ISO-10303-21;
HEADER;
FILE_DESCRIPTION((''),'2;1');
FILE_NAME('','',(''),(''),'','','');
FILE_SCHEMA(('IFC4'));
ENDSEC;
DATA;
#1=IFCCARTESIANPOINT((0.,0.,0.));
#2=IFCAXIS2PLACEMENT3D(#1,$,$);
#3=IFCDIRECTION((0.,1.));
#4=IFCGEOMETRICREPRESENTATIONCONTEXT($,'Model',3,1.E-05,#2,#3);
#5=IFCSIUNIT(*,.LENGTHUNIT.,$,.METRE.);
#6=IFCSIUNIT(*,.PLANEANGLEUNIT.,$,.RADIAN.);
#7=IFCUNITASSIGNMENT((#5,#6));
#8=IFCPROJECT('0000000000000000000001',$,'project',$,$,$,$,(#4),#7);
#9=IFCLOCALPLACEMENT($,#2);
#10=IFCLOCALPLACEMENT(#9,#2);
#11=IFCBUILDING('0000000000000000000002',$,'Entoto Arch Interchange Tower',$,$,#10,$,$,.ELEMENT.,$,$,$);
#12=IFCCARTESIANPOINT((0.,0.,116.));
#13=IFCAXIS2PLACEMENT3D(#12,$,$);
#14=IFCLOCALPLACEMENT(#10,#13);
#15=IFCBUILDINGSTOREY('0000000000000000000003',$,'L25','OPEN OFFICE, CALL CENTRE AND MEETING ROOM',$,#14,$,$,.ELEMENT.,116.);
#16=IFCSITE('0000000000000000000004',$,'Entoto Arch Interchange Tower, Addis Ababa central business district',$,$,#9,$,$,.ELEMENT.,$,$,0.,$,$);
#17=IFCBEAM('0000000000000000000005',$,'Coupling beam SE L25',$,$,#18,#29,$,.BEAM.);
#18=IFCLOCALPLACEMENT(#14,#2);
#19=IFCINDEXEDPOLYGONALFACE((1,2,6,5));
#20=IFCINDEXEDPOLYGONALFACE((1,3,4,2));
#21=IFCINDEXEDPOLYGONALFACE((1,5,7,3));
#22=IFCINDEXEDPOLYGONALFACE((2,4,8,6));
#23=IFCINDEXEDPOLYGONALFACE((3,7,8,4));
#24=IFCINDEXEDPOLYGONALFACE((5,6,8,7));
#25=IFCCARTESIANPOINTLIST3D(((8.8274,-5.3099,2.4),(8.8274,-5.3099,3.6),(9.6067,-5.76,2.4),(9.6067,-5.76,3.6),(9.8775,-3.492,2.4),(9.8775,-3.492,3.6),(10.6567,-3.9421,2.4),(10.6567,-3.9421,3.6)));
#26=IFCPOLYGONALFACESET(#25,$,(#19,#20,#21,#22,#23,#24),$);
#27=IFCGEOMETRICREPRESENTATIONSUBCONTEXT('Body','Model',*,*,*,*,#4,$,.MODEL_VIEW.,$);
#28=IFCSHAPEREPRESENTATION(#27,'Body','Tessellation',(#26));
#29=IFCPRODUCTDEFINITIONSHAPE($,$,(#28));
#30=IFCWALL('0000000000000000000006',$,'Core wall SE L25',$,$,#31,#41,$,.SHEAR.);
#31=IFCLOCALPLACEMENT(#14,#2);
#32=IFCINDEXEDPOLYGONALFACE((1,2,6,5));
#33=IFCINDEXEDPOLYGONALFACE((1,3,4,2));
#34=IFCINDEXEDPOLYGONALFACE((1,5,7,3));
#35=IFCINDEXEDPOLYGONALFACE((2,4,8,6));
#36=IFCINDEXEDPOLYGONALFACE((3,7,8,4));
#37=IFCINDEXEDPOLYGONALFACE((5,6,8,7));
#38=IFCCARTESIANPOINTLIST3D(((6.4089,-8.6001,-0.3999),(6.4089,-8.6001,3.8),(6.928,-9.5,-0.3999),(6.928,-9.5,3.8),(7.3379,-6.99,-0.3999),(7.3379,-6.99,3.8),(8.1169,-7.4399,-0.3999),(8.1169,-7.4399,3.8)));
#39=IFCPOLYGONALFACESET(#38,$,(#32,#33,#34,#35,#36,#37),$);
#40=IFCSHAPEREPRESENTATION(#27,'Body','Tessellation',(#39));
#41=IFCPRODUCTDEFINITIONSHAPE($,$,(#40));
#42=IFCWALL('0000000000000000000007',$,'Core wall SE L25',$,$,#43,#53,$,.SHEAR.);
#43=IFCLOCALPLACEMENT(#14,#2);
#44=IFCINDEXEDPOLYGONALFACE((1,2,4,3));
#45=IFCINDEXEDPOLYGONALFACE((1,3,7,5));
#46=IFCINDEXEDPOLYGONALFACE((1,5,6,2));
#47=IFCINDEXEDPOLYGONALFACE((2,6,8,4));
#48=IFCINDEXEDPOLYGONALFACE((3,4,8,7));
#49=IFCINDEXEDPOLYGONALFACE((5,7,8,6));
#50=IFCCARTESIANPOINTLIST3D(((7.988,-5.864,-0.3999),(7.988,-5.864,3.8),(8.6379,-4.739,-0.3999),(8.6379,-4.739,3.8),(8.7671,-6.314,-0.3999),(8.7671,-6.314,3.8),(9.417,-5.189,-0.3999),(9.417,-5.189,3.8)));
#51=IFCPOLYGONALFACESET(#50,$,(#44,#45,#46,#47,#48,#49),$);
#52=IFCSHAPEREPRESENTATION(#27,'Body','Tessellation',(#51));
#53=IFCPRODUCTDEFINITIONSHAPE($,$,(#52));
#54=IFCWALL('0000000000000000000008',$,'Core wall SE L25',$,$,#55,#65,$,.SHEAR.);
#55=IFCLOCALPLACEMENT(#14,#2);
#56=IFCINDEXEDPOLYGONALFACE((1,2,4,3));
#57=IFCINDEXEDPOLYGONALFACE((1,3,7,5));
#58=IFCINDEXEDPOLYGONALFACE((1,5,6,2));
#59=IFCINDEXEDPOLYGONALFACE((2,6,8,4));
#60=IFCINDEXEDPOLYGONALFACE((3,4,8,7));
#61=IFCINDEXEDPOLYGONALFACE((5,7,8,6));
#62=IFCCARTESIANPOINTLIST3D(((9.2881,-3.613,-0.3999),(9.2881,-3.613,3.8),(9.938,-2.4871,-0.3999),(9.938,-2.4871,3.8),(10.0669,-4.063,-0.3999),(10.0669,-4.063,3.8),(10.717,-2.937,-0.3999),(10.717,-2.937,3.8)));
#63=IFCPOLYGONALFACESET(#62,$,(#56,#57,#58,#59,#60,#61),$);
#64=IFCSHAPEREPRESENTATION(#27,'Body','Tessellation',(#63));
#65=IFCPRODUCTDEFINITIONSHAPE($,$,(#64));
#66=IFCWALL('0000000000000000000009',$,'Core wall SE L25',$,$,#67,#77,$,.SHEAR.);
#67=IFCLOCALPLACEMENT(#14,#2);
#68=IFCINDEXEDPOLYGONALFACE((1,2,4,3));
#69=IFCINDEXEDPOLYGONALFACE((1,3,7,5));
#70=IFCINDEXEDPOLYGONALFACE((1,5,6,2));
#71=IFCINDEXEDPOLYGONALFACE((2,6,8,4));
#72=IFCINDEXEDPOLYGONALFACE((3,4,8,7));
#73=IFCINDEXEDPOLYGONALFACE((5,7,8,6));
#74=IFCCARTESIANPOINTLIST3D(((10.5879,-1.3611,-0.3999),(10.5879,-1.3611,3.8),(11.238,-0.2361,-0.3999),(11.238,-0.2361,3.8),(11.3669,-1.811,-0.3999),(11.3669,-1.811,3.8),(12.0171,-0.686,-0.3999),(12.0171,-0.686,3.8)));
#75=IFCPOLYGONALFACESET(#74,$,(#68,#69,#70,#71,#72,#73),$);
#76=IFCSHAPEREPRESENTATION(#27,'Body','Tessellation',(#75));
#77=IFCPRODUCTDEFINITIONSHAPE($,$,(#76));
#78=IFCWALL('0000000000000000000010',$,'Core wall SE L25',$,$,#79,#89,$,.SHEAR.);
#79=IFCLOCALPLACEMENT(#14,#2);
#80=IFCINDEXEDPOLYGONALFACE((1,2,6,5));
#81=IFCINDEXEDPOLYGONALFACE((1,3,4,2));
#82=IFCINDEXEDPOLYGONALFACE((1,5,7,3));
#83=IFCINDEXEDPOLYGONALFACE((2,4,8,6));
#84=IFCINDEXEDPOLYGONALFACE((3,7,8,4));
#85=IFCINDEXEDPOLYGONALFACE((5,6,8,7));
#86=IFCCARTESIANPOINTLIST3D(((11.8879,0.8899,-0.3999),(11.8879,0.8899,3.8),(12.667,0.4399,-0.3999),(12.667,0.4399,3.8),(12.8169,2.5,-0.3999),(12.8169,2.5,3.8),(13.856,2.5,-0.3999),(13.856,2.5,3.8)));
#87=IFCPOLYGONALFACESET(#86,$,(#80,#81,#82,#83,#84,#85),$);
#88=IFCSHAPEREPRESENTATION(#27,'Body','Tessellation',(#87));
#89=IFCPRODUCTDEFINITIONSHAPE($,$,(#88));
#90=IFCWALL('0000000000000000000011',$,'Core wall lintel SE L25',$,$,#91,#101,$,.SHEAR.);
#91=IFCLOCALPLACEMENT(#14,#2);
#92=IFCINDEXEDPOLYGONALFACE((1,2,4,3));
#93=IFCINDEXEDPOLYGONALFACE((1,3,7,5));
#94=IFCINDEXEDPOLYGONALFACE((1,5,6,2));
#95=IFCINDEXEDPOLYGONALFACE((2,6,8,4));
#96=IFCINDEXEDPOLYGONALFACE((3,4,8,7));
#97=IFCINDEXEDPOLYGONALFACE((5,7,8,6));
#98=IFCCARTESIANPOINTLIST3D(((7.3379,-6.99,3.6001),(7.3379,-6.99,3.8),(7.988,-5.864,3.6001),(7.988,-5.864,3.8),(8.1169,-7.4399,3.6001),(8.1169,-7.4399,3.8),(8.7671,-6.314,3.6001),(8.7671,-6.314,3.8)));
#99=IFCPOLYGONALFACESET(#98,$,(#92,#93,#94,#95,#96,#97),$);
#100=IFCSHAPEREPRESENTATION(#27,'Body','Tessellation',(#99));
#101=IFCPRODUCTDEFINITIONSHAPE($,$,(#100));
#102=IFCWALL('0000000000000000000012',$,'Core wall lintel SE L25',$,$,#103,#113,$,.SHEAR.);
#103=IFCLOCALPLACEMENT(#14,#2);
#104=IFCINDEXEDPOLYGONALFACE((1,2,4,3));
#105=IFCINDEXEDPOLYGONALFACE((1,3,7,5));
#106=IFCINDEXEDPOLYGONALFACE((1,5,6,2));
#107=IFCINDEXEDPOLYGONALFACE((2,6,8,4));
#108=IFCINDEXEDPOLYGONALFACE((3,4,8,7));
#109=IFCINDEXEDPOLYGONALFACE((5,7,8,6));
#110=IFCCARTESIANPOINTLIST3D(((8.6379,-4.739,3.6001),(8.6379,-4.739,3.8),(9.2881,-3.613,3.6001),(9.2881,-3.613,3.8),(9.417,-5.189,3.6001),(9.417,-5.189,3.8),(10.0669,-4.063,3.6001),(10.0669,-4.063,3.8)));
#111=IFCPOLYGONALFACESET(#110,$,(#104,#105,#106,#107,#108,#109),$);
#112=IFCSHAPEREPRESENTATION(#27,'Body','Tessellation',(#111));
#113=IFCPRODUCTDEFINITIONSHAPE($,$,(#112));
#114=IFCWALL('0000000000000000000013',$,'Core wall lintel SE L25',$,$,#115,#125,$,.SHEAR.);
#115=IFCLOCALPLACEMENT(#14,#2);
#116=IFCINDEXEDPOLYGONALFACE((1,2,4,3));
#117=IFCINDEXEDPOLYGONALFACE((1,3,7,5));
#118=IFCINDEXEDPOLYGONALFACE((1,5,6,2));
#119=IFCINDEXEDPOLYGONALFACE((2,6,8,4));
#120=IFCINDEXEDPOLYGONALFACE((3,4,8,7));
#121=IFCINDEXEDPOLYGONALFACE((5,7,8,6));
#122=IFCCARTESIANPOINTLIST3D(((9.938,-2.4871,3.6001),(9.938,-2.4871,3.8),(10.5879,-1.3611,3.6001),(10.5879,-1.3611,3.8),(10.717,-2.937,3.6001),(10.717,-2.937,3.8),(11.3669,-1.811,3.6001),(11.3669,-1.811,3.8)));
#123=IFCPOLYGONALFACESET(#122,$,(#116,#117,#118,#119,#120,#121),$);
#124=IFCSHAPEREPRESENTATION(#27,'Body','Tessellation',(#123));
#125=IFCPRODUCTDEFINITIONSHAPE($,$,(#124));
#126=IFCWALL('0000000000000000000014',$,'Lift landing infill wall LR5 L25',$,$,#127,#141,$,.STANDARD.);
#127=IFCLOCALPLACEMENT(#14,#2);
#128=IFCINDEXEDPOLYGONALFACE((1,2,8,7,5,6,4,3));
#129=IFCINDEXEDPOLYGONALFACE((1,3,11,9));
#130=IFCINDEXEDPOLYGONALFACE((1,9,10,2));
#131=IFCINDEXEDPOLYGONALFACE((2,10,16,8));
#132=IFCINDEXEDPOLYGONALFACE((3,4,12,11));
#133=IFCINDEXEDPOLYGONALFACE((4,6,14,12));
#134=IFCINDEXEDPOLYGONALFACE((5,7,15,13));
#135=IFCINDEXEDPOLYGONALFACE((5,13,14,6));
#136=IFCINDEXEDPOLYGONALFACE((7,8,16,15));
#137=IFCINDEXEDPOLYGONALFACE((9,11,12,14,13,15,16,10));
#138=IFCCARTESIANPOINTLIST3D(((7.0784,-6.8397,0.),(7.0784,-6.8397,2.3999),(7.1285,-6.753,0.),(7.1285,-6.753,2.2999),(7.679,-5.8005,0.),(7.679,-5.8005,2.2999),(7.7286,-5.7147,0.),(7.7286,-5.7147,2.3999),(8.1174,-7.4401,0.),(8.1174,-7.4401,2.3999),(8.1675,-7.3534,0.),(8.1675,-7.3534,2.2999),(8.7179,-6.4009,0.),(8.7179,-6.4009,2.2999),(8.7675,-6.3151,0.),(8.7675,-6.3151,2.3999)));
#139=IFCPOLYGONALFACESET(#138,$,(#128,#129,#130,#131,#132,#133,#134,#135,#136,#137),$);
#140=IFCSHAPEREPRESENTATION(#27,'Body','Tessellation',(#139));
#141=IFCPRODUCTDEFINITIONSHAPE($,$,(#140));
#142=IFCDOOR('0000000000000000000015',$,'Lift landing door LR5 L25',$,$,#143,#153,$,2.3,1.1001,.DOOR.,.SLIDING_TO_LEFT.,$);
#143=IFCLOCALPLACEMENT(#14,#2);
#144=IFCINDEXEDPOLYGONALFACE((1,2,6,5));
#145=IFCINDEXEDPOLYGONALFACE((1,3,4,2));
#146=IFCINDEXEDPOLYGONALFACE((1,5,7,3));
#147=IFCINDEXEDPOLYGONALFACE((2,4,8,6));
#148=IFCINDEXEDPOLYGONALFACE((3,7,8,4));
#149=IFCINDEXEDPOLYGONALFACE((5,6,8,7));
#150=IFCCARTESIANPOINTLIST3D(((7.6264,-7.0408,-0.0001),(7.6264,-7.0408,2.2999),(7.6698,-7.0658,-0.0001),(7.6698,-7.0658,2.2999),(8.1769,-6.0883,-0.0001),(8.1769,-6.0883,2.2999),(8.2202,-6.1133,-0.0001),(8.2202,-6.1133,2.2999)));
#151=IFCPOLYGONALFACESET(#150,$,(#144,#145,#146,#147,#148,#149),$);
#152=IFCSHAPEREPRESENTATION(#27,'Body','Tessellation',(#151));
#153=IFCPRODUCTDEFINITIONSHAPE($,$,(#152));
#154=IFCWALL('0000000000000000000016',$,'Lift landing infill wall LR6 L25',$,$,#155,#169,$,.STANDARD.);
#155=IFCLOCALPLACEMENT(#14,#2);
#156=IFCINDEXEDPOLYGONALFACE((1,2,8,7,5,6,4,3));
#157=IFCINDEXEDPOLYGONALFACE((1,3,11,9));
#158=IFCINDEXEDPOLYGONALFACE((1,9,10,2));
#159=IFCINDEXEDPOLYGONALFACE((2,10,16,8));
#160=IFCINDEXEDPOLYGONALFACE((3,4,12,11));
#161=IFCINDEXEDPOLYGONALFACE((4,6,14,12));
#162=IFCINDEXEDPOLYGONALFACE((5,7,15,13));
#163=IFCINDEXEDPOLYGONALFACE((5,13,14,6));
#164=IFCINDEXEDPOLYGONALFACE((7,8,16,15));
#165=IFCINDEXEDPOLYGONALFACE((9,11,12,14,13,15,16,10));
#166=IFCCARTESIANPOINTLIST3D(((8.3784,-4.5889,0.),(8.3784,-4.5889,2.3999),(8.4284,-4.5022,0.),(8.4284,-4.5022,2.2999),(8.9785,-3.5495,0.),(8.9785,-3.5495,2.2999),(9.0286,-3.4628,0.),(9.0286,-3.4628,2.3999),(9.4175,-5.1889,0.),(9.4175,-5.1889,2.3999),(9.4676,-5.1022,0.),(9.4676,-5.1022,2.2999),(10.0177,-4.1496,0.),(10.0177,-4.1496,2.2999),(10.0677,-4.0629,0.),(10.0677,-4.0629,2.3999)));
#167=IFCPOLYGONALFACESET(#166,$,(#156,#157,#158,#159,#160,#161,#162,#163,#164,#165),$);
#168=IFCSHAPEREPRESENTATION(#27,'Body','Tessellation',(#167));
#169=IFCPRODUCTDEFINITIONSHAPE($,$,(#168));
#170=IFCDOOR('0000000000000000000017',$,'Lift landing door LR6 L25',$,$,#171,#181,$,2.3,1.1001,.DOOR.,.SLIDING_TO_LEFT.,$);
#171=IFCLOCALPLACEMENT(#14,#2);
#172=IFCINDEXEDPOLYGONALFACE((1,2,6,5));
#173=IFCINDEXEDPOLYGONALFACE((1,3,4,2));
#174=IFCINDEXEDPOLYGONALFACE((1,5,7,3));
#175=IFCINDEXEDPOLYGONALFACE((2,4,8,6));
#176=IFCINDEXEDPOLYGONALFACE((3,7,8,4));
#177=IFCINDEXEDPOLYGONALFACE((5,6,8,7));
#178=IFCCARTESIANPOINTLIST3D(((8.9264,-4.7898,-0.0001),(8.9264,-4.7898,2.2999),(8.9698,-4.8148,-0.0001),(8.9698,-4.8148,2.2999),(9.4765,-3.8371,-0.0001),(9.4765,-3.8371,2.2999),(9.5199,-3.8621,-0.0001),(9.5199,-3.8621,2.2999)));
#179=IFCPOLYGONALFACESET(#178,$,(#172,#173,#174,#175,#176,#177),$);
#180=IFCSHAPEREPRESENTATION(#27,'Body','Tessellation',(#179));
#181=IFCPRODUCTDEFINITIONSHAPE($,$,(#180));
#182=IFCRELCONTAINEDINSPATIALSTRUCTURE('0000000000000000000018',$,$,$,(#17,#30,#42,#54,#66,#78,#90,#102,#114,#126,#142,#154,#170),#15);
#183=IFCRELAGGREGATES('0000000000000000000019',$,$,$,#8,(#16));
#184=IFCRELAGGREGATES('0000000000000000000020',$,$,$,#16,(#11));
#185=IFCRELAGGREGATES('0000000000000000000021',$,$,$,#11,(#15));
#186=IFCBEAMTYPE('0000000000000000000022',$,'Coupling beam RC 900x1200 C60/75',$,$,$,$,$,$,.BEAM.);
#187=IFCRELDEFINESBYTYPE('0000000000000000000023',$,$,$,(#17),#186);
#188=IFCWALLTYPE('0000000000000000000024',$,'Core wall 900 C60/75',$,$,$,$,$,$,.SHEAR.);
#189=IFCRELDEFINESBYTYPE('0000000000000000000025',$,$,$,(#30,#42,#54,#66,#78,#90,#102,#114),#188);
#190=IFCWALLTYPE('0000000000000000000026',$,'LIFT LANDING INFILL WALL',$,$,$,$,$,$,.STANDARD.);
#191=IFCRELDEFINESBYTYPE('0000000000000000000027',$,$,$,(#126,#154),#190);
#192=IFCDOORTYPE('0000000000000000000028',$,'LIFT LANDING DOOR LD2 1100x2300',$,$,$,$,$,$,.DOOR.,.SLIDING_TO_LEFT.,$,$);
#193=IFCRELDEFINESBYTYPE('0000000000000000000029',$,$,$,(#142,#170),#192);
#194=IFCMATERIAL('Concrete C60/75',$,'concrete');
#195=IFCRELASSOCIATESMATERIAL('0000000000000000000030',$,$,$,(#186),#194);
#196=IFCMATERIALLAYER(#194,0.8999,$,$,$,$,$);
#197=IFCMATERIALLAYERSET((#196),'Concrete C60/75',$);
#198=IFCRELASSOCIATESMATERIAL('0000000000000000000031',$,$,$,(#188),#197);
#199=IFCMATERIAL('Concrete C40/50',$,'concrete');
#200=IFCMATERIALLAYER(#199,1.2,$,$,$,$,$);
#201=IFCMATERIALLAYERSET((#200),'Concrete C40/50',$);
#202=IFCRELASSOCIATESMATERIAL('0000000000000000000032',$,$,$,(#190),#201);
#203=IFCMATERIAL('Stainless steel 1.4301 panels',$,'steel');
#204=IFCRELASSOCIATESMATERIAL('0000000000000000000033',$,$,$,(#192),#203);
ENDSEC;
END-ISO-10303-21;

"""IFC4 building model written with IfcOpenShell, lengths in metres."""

from ifc_helpers import new_model, si_unit, direction, frame, frame_2d, origin, origin_2d, place, context, subcontext, project, spatial, polyline, rectangle, outline, extrude, material, layer, layer_set, material_profile, profile_set, type_object, element, fill, save


model = new_model("IFC4")

# Units and contexts
model_context = context("Model", 3, precision=1e-05, world=origin(), true_north=direction((0.0, 1.0)))
body_context = subcontext(model_context, "Body", "Model", "MODEL_VIEW")
ifc_project = project(units=[si_unit("LENGTHUNIT", "METRE"), si_unit("PLANEANGLEUNIT", "RADIAN")], contexts=[model_context])

# Site, building, storey
site_placement = place(None, origin())
site = spatial("IfcSite", under=ifc_project, at=site_placement, Name="Entoto Arch Interchange Tower, Addis Ababa central business district", CompositionType="ELEMENT", RefElevation=0.0)
building_placement = place(site_placement, origin())
building = spatial("IfcBuilding", under=site, at=building_placement, Name="Entoto Arch Interchange Tower", CompositionType="ELEMENT")
storey_placement = place(building_placement, frame((0.0, 0.0, 116.0)))
storey = spatial("IfcBuildingStorey", under=building, at=storey_placement, Name="L25", Description="OPEN OFFICE, CALL CENTRE AND MEETING ROOM", CompositionType="ELEMENT", Elevation=116.0)

# Beam
ifc_material_1 = material(Name="Concrete C60/75", Category="concrete")
ifc_material_profile = material_profile(ifc_material_1, rectangle(XDim=0.8999, YDim=1.2, at=origin_2d()))
ifc_profile_set = profile_set([ifc_material_profile], Name="Concrete C60/75")
beam_type = type_object("IfcBeamType", Name="Coupling beam RC 900x1200 C60/75", PredefinedType="BEAM", material=ifc_profile_set)
beam_placement = place(storey_placement, frame((9.217, -5.5349, 3.0), z_axis=(0.500179, 0.865922, 0.0), x_axis=(-0.865922, 0.500179, 0.0)))
element("IfcBeam", 1, at=beam_placement, inside=storey, type_object=beam_type, Name="Coupling beam SE L25", PredefinedType="BEAM", context=body_context, shape_type="SweptSolid", body=[
    extrude(rectangle(XDim=0.8999, YDim=1.2, at=origin_2d()), origin(), (0.0, 0.0, 1.0), 2.0994),
])

# Walls
ifc_layer_1 = layer(ifc_material_1, 0.8999)
ifc_layer_set_1 = layer_set([ifc_layer_1], Name="Concrete C60/75")
wall_type_1 = type_object("IfcWallType", Name="Core wall 900 C60/75", PredefinedType="SHEAR", material=ifc_layer_set_1)
wall_1_placement = place(storey_placement, frame((0.0, 0.0, -0.3999)))
element("IfcWall", 2, at=wall_1_placement, inside=storey, type_object=wall_type_1, Name="Core wall SE L25", PredefinedType="SHEAR", context=body_context, shape_type="SweptSolid", body=[
    extrude(outline(polyline([(8.1169, -7.4399), (7.3379, -6.99), (6.4089, -8.6001), (6.928, -9.5), (8.1169, -7.4399)])), origin(), (0.0, 0.0, 1.0), 4.2),
])
wall_2_placement = place(storey_placement, frame((0.0, 0.0, -0.3999)))
element("IfcWall", 3, at=wall_2_placement, inside=storey, type_object=wall_type_1, Name="Core wall SE L25", PredefinedType="SHEAR", context=body_context, shape_type="SweptSolid", body=[
    extrude(outline(polyline([(9.417, -5.189), (8.6379, -4.739), (7.988, -5.864), (8.7671, -6.314), (9.417, -5.189)])), origin(), (0.0, 0.0, 1.0), 4.2),
])
wall_3_placement = place(storey_placement, frame((0.0, 0.0, -0.3999)))
element("IfcWall", 4, at=wall_3_placement, inside=storey, type_object=wall_type_1, Name="Core wall SE L25", PredefinedType="SHEAR", context=body_context, shape_type="SweptSolid", body=[
    extrude(outline(polyline([(10.717, -2.937), (9.938, -2.4871), (9.2881, -3.613), (10.0669, -4.063), (10.717, -2.937)])), origin(), (0.0, 0.0, 1.0), 4.2),
])
wall_4_placement = place(storey_placement, frame((0.0, 0.0, -0.3999)))
element("IfcWall", 5, at=wall_4_placement, inside=storey, type_object=wall_type_1, Name="Core wall SE L25", PredefinedType="SHEAR", context=body_context, shape_type="SweptSolid", body=[
    extrude(outline(polyline([(12.0171, -0.686), (11.238, -0.2361), (10.5879, -1.3611), (11.3669, -1.811), (12.0171, -0.686)])), origin(), (0.0, 0.0, 1.0), 4.2),
])
wall_5_placement = place(storey_placement, frame((0.0, 0.0, -0.3999)))
element("IfcWall", 6, at=wall_5_placement, inside=storey, type_object=wall_type_1, Name="Core wall SE L25", PredefinedType="SHEAR", context=body_context, shape_type="SweptSolid", body=[
    extrude(outline(polyline([(11.8879, 0.8899), (12.667, 0.4399), (13.856, 2.5), (12.8169, 2.5), (11.8879, 0.8899)])), origin(), (0.0, 0.0, 1.0), 4.2),
])
wall_6_placement = place(storey_placement, frame((0.0, 0.0, 3.6001)))
element("IfcWall", 7, at=wall_6_placement, inside=storey, type_object=wall_type_1, Name="Core wall lintel SE L25", PredefinedType="SHEAR", context=body_context, shape_type="SweptSolid", body=[
    extrude(outline(polyline([(8.7671, -6.314), (7.988, -5.864), (7.3379, -6.99), (8.1169, -7.4399), (8.7671, -6.314)])), origin(), (0.0, 0.0, 1.0), 0.2),
])
wall_7_placement = place(storey_placement, frame((0.0, 0.0, 3.6001)))
element("IfcWall", 8, at=wall_7_placement, inside=storey, type_object=wall_type_1, Name="Core wall lintel SE L25", PredefinedType="SHEAR", context=body_context, shape_type="SweptSolid", body=[
    extrude(outline(polyline([(10.0669, -4.063), (9.2881, -3.613), (8.6379, -4.739), (9.417, -5.189), (10.0669, -4.063)])), origin(), (0.0, 0.0, 1.0), 0.2),
])
wall_8_placement = place(storey_placement, frame((0.0, 0.0, 3.6001)))
element("IfcWall", 9, at=wall_8_placement, inside=storey, type_object=wall_type_1, Name="Core wall lintel SE L25", PredefinedType="SHEAR", context=body_context, shape_type="SweptSolid", body=[
    extrude(outline(polyline([(11.3669, -1.811), (10.5879, -1.3611), (9.938, -2.4871), (10.717, -2.937), (11.3669, -1.811)])), origin(), (0.0, 0.0, 1.0), 0.2),
])

# Walls, openings, doors
ifc_material_2 = material(Name="Concrete C40/50", Category="concrete")
ifc_layer_2 = layer(ifc_material_2, 1.2)
ifc_layer_set_2 = layer_set([ifc_layer_2], Name="Concrete C40/50")
wall_type_2 = type_object("IfcWallType", Name="LIFT LANDING INFILL WALL", PredefinedType="STANDARD", material=ifc_layer_set_2)
wall_9_placement = place(storey_placement, frame((7.5979, -7.1399, 0.0), z_axis=(0.0, 0.0, 1.0), x_axis=(0.500362, 0.865816, 0.0)))
wall_9 = element("IfcWall", 10, at=wall_9_placement, inside=storey, type_object=wall_type_2, Name="Lift landing infill wall LR5 L25", PredefinedType="STANDARD", context=body_context, shape_type="SweptSolid", body=[
    extrude(rectangle(XDim=1.2993, YDim=1.2, at=frame_2d((0.6497, 0.0))), origin(), (0.0, 0.0, 1.0), 2.3999),
])
opening_1_placement = place(wall_9_placement, frame((0.1001, 0.0, 0.0)))
opening_1 = element("IfcOpeningElement", 11, at=opening_1_placement, cuts=wall_9, PredefinedType="OPENING", context=body_context, shape_type="SweptSolid", body=[
    extrude(rectangle(XDim=1.1001, YDim=2.3, at=frame_2d((0.55, 1.1499))), frame((0.0, 0.6099, 0.0), z_axis=(0.0, -1.0, 0.0), x_axis=(1.0, 0.0, 0.0)), (0.0, 0.0, 1.0), 1.22),
])
ifc_material_3 = material(Name="Stainless steel 1.4301 panels", Category="steel")
door_type_1 = type_object("IfcDoorType", Name="LIFT LANDING DOOR LD2 1100x2300", OperationType="SLIDING_TO_LEFT", PredefinedType="DOOR", material=ifc_material_3)
door_1_placement = place(opening_1_placement, origin())
door_1 = element("IfcDoor", 12, at=door_1_placement, inside=storey, type_object=door_type_1, Name="Lift landing door LR5 L25", OperationType="SLIDING_TO_LEFT", OverallHeight=2.3, OverallWidth=1.1001, PredefinedType="DOOR", context=body_context, shape_type="SweptSolid", body=[
    extrude(rectangle(XDim=1.1001, YDim=2.3, at=frame_2d((0.55, 1.1499))), frame((0.0, 0.0249, 0.0), z_axis=(0.0, -1.0, 0.0), x_axis=(1.0, 0.0, 0.0)), (0.0, 0.0, 1.0), 0.05),
])
fill(opening_1, door_1)
wall_10_placement = place(storey_placement, frame((8.8979, -4.8889, 0.0), z_axis=(0.0, 0.0, 1.0), x_axis=(0.500037, 0.866004, 0.0)))
wall_10 = element("IfcWall", 13, at=wall_10_placement, inside=storey, type_object=wall_type_2, Name="Lift landing infill wall LR6 L25", PredefinedType="STANDARD", context=body_context, shape_type="SweptSolid", body=[
    extrude(rectangle(XDim=1.3003, YDim=1.2, at=frame_2d((0.6501, 0.0))), origin(), (0.0, 0.0, 1.0), 2.3999),
])
opening_2_placement = place(wall_10_placement, frame((0.1001, 0.0, 0.0)))
opening_2 = element("IfcOpeningElement", 14, at=opening_2_placement, cuts=wall_10, PredefinedType="OPENING", context=body_context, shape_type="SweptSolid", body=[
    extrude(rectangle(XDim=1.1001, YDim=2.3, at=frame_2d((0.55, 1.1499))), frame((0.0, 0.6099, 0.0), z_axis=(0.0, -1.0, 0.0), x_axis=(1.0, 0.0, 0.0)), (0.0, 0.0, 1.0), 1.22),
])
door_2_placement = place(opening_2_placement, origin())
door_2 = element("IfcDoor", 15, at=door_2_placement, inside=storey, type_object=door_type_1, Name="Lift landing door LR6 L25", OperationType="SLIDING_TO_LEFT", OverallHeight=2.3, OverallWidth=1.1001, PredefinedType="DOOR", context=body_context, shape_type="SweptSolid", body=[
    extrude(rectangle(XDim=1.1001, YDim=2.3, at=frame_2d((0.55, 1.1499))), frame((0.0, 0.0249, 0.0), z_axis=(0.0, -1.0, 0.0), x_axis=(1.0, 0.0, 0.0)), (0.0, 0.0, 1.0), 0.05),
])
fill(opening_2, door_2)

save(model, "model.ifc")
